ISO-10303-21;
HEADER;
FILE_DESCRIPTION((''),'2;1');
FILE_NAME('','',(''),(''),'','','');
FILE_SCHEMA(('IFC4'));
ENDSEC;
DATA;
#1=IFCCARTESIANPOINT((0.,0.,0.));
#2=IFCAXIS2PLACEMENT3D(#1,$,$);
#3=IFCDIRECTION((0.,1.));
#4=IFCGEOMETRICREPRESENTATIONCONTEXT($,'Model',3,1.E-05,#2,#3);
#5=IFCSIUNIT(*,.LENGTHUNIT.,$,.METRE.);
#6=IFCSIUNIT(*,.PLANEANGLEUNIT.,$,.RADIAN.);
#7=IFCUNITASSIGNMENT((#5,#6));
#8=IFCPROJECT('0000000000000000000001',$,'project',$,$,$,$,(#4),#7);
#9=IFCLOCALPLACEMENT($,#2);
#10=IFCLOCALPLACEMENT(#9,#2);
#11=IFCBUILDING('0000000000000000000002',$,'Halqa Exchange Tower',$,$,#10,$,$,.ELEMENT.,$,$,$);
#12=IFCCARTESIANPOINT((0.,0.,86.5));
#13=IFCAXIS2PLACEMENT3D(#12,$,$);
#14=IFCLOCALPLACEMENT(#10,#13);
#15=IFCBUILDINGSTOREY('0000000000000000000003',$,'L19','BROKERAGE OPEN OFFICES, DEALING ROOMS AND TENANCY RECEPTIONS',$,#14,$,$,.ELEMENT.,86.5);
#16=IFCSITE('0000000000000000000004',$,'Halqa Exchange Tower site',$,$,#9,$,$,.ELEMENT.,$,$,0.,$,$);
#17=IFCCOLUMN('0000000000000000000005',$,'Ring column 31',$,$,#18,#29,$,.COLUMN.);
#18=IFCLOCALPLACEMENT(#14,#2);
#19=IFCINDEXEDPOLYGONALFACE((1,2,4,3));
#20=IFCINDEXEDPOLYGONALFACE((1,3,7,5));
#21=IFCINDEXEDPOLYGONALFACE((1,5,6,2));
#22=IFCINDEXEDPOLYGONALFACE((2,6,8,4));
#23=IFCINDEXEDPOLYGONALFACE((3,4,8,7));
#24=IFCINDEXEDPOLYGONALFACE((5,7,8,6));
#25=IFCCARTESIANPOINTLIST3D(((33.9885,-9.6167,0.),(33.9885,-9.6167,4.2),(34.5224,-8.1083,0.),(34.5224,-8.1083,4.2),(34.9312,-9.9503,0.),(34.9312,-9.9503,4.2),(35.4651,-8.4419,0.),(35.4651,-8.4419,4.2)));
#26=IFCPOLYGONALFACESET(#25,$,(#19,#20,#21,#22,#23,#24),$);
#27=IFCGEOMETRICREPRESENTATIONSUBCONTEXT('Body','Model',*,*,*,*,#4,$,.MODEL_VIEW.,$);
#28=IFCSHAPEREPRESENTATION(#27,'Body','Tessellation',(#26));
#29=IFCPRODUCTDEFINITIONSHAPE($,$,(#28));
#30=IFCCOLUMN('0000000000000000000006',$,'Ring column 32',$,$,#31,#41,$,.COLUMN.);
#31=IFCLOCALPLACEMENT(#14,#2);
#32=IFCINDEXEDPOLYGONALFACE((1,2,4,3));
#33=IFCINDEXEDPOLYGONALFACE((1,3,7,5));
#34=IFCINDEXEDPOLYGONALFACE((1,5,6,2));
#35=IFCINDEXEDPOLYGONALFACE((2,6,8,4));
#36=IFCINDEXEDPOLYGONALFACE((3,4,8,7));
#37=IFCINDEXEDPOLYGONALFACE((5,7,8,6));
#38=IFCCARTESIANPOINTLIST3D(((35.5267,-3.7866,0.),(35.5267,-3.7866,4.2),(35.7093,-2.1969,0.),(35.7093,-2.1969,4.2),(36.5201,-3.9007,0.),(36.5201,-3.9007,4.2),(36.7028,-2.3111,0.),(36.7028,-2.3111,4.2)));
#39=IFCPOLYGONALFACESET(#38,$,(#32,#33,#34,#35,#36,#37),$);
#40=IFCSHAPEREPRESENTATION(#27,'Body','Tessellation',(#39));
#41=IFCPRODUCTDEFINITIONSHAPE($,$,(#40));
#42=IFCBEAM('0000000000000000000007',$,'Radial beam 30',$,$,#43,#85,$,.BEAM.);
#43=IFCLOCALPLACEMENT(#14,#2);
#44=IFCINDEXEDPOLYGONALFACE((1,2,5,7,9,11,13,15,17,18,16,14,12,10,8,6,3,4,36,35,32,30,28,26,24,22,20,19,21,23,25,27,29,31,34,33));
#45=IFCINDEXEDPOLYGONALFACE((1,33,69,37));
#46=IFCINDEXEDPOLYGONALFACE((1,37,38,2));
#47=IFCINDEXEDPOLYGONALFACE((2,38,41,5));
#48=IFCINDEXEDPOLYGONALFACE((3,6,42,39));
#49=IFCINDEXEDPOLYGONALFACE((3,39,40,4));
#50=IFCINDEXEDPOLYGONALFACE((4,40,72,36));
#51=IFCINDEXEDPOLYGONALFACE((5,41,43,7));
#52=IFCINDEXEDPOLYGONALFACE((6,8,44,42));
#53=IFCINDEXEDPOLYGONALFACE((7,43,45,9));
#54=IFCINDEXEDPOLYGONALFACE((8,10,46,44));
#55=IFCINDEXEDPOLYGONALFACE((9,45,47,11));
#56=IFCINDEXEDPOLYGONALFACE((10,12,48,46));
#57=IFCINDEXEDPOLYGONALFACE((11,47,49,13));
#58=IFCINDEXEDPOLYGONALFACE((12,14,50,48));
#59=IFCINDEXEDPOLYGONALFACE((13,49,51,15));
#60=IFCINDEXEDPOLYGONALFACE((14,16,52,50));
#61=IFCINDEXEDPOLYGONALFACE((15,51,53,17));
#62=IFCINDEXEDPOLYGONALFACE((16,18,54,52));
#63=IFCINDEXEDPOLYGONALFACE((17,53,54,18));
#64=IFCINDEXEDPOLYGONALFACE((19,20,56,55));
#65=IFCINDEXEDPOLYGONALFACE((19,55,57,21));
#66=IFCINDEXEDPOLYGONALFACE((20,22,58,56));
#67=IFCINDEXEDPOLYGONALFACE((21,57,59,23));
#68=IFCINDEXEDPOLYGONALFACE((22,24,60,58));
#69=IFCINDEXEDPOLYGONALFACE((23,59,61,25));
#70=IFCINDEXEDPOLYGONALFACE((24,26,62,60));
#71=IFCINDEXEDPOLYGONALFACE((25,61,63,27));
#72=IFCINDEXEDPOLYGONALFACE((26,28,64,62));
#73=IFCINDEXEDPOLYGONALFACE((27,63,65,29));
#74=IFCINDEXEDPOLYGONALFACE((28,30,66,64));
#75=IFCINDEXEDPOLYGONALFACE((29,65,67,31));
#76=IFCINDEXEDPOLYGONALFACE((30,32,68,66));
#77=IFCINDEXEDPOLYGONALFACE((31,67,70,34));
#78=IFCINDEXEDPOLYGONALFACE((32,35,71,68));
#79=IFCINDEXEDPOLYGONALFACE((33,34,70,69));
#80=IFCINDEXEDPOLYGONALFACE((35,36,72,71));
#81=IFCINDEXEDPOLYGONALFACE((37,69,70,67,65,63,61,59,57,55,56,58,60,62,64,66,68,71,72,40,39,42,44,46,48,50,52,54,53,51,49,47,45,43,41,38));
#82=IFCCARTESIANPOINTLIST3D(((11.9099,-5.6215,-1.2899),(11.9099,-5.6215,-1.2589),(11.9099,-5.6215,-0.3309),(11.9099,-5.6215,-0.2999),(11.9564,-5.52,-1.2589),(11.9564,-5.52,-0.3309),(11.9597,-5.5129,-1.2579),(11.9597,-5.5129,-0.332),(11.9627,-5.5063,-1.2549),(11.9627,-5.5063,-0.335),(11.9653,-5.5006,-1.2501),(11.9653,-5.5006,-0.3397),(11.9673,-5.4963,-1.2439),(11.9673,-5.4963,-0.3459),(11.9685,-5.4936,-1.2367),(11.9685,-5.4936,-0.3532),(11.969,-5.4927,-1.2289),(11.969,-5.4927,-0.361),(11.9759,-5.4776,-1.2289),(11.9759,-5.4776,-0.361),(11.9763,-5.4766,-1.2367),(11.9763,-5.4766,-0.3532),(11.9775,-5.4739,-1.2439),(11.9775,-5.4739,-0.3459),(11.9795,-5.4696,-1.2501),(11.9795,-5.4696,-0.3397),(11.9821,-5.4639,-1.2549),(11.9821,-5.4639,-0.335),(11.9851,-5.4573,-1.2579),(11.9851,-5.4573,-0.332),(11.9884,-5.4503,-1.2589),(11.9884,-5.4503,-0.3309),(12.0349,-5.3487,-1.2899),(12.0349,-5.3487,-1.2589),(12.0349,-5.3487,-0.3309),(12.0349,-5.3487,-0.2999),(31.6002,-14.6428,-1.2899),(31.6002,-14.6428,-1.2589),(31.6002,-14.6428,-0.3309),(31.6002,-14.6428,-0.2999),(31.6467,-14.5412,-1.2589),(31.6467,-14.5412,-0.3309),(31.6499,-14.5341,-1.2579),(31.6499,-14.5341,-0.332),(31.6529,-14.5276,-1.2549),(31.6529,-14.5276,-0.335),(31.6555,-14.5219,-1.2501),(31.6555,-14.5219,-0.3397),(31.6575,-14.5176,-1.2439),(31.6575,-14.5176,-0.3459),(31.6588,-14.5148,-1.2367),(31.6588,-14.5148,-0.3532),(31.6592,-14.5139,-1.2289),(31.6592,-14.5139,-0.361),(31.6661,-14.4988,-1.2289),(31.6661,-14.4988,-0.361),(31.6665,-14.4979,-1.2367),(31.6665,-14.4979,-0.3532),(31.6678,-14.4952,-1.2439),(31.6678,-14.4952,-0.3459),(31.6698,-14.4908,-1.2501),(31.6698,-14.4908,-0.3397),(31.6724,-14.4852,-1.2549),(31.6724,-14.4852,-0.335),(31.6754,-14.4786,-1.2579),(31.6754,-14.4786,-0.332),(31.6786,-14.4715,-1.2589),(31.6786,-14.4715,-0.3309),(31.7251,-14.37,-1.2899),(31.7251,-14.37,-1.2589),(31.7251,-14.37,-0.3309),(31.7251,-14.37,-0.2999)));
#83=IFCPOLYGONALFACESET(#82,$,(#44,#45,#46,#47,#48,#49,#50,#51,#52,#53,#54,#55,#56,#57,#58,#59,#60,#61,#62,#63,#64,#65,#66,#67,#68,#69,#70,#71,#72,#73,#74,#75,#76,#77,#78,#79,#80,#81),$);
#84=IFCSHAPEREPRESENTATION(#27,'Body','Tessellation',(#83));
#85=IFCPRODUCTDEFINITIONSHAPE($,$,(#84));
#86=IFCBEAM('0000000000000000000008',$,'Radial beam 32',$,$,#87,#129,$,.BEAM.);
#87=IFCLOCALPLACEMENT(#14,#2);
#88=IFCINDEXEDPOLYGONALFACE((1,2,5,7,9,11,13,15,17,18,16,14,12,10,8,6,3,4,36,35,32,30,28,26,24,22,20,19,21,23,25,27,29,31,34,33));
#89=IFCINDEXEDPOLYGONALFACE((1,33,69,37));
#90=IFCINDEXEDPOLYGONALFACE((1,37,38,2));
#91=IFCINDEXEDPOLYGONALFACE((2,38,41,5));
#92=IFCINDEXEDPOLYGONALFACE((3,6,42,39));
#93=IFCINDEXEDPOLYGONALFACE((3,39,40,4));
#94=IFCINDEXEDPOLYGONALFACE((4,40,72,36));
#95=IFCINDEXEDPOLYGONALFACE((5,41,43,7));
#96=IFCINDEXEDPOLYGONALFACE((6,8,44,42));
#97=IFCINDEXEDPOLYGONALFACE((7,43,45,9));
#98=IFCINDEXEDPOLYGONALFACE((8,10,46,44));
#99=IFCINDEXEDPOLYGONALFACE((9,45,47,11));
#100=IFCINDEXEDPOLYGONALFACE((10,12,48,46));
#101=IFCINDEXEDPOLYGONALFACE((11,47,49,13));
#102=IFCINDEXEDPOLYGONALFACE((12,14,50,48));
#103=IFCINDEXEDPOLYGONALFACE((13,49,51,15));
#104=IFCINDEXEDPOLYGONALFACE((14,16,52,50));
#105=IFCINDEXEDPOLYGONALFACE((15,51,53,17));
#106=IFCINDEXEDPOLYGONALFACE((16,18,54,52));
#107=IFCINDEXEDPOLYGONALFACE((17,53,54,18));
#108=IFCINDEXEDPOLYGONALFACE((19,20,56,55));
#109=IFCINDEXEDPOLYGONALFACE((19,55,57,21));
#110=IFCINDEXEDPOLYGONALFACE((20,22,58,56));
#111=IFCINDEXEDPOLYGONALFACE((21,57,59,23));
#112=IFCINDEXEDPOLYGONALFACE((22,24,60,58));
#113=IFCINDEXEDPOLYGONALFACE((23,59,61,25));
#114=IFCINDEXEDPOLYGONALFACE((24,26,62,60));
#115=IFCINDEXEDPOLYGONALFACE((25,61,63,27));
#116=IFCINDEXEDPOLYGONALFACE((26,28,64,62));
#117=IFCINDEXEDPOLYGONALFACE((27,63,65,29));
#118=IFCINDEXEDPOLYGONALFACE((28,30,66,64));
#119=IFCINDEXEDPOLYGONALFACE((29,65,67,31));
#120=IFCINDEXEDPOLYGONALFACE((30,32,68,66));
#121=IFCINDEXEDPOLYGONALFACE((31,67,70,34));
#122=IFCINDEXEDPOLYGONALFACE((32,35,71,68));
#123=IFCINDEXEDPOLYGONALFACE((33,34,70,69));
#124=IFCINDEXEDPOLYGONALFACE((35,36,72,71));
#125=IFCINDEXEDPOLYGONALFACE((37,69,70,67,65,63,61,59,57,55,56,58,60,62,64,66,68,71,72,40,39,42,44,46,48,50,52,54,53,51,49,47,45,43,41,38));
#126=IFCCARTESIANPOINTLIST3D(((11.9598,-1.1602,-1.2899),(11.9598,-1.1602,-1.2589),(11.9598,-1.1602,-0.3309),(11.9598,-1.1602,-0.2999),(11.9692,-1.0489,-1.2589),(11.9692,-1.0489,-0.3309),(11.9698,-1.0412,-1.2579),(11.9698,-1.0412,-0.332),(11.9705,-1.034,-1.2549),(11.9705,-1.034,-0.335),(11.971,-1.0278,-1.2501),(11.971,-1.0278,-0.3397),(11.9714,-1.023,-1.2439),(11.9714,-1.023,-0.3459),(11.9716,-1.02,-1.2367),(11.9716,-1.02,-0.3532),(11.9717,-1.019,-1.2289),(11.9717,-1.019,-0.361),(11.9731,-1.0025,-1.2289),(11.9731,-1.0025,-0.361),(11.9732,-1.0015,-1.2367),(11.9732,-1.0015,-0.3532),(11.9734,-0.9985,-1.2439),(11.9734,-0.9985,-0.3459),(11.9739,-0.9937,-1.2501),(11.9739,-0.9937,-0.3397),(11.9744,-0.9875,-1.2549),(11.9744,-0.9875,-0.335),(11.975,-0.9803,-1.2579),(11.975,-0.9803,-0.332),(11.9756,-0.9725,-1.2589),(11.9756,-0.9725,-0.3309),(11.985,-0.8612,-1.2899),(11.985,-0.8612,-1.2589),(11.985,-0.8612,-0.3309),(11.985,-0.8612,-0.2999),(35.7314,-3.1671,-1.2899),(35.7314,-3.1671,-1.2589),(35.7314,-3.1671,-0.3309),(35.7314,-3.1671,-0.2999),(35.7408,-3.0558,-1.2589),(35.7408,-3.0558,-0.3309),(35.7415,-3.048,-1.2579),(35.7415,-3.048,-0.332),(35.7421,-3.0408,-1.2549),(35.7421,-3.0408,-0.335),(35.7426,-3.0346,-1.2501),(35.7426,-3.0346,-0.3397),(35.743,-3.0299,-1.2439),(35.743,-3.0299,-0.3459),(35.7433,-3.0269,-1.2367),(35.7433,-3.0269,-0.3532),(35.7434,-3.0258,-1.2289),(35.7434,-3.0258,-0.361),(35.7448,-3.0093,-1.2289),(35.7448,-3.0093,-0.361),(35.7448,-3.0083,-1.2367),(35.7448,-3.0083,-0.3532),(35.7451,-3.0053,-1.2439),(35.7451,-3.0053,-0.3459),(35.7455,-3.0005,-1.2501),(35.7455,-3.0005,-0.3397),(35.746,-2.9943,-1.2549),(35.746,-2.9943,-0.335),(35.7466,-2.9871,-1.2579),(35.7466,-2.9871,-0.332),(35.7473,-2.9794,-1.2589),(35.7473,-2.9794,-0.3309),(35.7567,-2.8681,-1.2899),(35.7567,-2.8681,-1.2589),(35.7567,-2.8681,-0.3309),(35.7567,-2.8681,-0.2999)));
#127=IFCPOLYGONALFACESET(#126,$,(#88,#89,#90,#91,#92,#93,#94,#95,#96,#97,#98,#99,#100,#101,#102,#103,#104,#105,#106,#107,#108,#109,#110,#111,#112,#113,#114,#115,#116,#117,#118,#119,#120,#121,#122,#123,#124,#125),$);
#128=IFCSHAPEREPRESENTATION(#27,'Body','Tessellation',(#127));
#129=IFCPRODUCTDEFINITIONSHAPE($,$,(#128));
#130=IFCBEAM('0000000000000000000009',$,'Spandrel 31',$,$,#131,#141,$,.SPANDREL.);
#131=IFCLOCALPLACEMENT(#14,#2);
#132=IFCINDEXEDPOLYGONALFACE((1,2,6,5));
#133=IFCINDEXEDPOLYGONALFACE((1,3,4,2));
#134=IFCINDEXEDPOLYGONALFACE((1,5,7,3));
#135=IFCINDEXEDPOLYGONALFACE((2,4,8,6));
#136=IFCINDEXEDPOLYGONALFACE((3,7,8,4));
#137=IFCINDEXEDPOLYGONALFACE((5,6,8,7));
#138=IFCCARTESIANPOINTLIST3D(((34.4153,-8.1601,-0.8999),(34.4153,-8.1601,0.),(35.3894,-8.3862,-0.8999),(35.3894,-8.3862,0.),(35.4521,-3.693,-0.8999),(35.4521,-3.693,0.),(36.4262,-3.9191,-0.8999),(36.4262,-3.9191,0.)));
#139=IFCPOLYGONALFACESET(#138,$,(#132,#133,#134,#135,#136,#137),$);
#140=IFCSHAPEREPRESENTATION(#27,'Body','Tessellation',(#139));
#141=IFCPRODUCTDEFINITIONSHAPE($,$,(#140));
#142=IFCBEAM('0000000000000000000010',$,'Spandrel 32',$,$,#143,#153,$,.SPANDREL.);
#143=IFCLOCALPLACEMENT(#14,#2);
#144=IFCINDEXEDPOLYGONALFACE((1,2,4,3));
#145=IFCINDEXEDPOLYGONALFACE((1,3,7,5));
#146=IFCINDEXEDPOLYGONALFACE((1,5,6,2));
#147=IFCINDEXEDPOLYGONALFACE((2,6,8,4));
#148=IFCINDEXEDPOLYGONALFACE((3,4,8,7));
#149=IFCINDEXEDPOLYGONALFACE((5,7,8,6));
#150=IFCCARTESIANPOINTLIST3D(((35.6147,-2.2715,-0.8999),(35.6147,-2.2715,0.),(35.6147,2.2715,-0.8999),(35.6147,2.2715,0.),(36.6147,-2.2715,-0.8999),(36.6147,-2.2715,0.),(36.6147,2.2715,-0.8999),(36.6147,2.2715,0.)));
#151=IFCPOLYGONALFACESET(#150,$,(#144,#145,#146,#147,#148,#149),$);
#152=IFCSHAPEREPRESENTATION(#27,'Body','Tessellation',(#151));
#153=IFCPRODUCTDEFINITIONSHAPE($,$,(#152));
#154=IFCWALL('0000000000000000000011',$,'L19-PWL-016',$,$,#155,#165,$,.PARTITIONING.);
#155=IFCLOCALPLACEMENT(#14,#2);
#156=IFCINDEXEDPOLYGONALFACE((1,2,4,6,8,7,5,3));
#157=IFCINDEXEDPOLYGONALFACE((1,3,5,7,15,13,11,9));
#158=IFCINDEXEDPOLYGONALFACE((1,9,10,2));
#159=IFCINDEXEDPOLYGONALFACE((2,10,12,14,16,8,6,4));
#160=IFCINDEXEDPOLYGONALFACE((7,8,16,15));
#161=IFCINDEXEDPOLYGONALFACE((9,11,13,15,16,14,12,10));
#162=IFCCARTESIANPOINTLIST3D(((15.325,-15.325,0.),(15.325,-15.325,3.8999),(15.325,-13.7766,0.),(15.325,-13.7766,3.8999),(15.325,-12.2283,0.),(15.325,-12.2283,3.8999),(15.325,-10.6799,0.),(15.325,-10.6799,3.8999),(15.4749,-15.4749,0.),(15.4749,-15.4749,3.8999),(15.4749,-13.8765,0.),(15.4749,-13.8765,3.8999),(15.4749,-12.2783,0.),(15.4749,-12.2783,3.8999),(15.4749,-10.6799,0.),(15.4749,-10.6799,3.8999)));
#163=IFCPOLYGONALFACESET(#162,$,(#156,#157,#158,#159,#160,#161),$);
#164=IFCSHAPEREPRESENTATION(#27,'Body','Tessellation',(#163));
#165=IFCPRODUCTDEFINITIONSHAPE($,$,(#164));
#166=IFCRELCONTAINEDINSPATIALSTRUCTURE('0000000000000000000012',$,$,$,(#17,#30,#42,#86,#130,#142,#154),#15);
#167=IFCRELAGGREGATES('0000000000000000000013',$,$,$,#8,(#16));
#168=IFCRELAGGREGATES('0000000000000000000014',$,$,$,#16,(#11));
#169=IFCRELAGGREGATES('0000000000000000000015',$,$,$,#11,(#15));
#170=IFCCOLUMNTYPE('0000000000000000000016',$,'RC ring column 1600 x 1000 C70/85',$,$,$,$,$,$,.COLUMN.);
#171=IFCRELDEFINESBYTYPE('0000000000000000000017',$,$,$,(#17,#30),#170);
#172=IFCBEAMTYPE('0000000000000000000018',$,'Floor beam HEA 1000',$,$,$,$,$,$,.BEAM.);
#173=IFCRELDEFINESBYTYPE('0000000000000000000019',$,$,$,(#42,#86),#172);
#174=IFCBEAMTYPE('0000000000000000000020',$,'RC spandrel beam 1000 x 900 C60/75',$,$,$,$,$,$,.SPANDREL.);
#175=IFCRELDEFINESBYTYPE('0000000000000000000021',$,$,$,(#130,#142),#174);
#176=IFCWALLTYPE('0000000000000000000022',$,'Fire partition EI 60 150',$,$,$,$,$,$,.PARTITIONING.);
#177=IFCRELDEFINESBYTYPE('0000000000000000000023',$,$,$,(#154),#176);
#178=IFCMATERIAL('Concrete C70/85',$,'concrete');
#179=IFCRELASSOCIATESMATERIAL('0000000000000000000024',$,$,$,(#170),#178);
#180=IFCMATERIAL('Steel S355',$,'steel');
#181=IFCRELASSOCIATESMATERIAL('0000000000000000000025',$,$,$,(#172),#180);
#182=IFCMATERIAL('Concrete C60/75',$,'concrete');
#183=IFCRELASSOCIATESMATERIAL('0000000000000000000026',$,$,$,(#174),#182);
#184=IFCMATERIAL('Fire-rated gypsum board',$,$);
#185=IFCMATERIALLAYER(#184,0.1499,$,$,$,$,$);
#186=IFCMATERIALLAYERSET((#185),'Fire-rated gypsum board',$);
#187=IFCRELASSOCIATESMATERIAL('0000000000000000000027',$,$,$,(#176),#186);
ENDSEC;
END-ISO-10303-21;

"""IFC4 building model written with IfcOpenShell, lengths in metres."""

from ifc_helpers import new_model, si_unit, direction, frame, origin, origin_2d, place, context, subcontext, project, spatial, polyline, rectangle, i_section, outline, extrude, material, layer, layer_set, material_profile, profile_set, type_object, element, save


model = new_model("IFC4")

# Units and contexts
model_context = context("Model", 3, precision=1e-05, world=origin(), true_north=direction((0.0, 1.0)))
body_context = subcontext(model_context, "Body", "Model", "MODEL_VIEW")
ifc_project = project(units=[si_unit("LENGTHUNIT", "METRE"), si_unit("PLANEANGLEUNIT", "RADIAN")], contexts=[model_context])

# Site, building, storey
site_placement = place(None, origin())
site = spatial("IfcSite", under=ifc_project, at=site_placement, Name="Halqa Exchange Tower site", CompositionType="ELEMENT", RefElevation=0.0)
building_placement = place(site_placement, origin())
building = spatial("IfcBuilding", under=site, at=building_placement, Name="Halqa Exchange Tower", CompositionType="ELEMENT")
storey_placement = place(building_placement, frame((0.0, 0.0, 86.5)))
storey = spatial("IfcBuildingStorey", under=building, at=storey_placement, Name="L19", Description="BROKERAGE OPEN OFFICES, DEALING ROOMS AND TENANCY RECEPTIONS", CompositionType="ELEMENT", Elevation=86.5)

# Columns
ifc_material_1 = material(Name="Concrete C70/85", Category="concrete")
ifc_material_profile_1 = material_profile(ifc_material_1, rectangle(XDim=1.6001, YDim=1.0, at=origin_2d()), Name="1600 x 1000")
ifc_profile_set_1 = profile_set([ifc_material_profile_1], Name="Concrete C70/85")
column_type = type_object("IfcColumnType", Name="RC ring column 1600 x 1000 C70/85", PredefinedType="COLUMN", material=ifc_profile_set_1)
for number, where, z_axis, x_axis, name in (
    (1, (34.7268, -9.0293, 0.0), (0.0, 0.0, 1.0), (0.333631, 0.942704, 0.0), "Ring column 31"),
    (2, (36.1147, -3.0488, 0.0), (0.0, 0.0, 1.0), (0.114157, 0.993463, 0.0), "Ring column 32"),
):
    element("IfcColumn", number, at=place(storey_placement, frame(where, z_axis=z_axis, x_axis=x_axis)), inside=storey, type_object=column_type, Name=name, PredefinedType="COLUMN", context=body_context, shape_type="SweptSolid", body=[
        extrude(rectangle(XDim=1.6001, YDim=1.0, at=origin_2d()), origin(), (0.0, 0.0, 1.0), 4.2),
    ])

# Beams
ifc_material_2 = material(Name="Steel S355", Category="steel")
ifc_material_profile_2 = material_profile(ifc_material_2, i_section(OverallWidth=0.3, OverallDepth=0.99, WebThickness=0.0166, FlangeThickness=0.031, FilletRadius=0.03, at=origin_2d()), Name="HEA 1000")
ifc_profile_set_2 = profile_set([ifc_material_profile_2], Name="Steel S355")
beam_type_1 = type_object("IfcBeamType", Name="Floor beam HEA 1000", PredefinedType="BEAM", material=ifc_profile_set_2)
beam_1_placement = place(storey_placement, frame((11.9724, -5.4851, -0.7949), z_axis=(0.909125, -0.416524, 0.0), x_axis=(0.416524, 0.909125, 0.0)))
element("IfcBeam", 3, at=beam_1_placement, inside=storey, type_object=beam_type_1, Name="Radial beam 30", PredefinedType="BEAM", context=body_context, shape_type="SweptSolid", body=[
    extrude(i_section(OverallWidth=0.3, OverallDepth=0.99, WebThickness=0.0166, FlangeThickness=0.031, FilletRadius=0.03, at=origin_2d()), origin(), (0.0, 0.0, 1.0), 21.6584),
])
beam_2_placement = place(storey_placement, frame((11.9724, -1.0107, -0.7949), z_axis=(0.996455, -0.084122, 0.0), x_axis=(0.084122, 0.996455, 0.0)))
element("IfcBeam", 4, at=beam_2_placement, inside=storey, type_object=beam_type_1, Name="Radial beam 32", PredefinedType="BEAM", context=body_context, shape_type="SweptSolid", body=[
    extrude(i_section(OverallWidth=0.3, OverallDepth=0.99, WebThickness=0.0166, FlangeThickness=0.031, FilletRadius=0.03, at=origin_2d()), origin(), (0.0, 0.0, 1.0), 23.8562),
])
ifc_material_3 = material(Name="Concrete C60/75", Category="concrete")
ifc_material_profile_3 = material_profile(ifc_material_3, rectangle(XDim=1.0, YDim=0.8999, at=origin_2d()), Name="1000 x 900")
ifc_profile_set_3 = profile_set([ifc_material_profile_3], Name="Concrete C60/75")
beam_type_2 = type_object("IfcBeamType", Name="RC spandrel beam 1000 x 900 C60/75", PredefinedType="SPANDREL", material=ifc_profile_set_3)
beam_3_placement = place(storey_placement, frame((34.9023, -8.2732, -0.45), z_axis=(0.226092, 0.974106, 0.0), x_axis=(-0.974106, 0.226092, 0.0)))
element("IfcBeam", 5, at=beam_3_placement, inside=storey, type_object=beam_type_2, Name="Spandrel 31", PredefinedType="SPANDREL", context=body_context, shape_type="SweptSolid", body=[
    extrude(rectangle(XDim=1.0, YDim=0.8999, at=origin_2d()), origin(), (0.0, 0.0, 1.0), 4.5859),
])
beam_4_placement = place(storey_placement, frame((36.1147, -2.2715, -0.45), z_axis=(0.0, 1.0, 0.0), x_axis=(-1.0, 0.0, 0.0)))
element("IfcBeam", 6, at=beam_4_placement, inside=storey, type_object=beam_type_2, Name="Spandrel 32", PredefinedType="SPANDREL", context=body_context, shape_type="SweptSolid", body=[
    extrude(rectangle(XDim=1.0, YDim=0.8999, at=origin_2d()), origin(), (0.0, 0.0, 1.0), 4.543),
])

# Wall
ifc_material_4 = material(Name="Fire-rated gypsum board")
ifc_layer_1 = layer(ifc_material_4, 0.1499)
ifc_layer_set_1 = layer_set([ifc_layer_1], Name="Fire-rated gypsum board")
wall_type_1 = type_object("IfcWallType", Name="Fire partition EI 60 150", PredefinedType="PARTITIONING", material=ifc_layer_set_1)
wall_1_placement = place(storey_placement, frame((15.3999, -10.6799, 0.0), z_axis=(0.0, 0.0, 1.0), x_axis=(0.0, -1.0, 0.0)))
element("IfcWall", 7, at=wall_1_placement, inside=storey, type_object=wall_type_1, Name="L19-PWL-016", PredefinedType="PARTITIONING", context=body_context, shape_type="SweptSolid", body=[
    extrude(outline(polyline([(0.0, -0.075), (1.5483, -0.075), (3.0967, -0.075), (4.645, -0.075), (4.7949, 0.075), (3.1965, 0.075), (1.5984, 0.075), (0.0, 0.075), (0.0, -0.075)])), origin(), (0.0, 0.0, 1.0), 3.8999),
])

save(model, "model.ifc")
